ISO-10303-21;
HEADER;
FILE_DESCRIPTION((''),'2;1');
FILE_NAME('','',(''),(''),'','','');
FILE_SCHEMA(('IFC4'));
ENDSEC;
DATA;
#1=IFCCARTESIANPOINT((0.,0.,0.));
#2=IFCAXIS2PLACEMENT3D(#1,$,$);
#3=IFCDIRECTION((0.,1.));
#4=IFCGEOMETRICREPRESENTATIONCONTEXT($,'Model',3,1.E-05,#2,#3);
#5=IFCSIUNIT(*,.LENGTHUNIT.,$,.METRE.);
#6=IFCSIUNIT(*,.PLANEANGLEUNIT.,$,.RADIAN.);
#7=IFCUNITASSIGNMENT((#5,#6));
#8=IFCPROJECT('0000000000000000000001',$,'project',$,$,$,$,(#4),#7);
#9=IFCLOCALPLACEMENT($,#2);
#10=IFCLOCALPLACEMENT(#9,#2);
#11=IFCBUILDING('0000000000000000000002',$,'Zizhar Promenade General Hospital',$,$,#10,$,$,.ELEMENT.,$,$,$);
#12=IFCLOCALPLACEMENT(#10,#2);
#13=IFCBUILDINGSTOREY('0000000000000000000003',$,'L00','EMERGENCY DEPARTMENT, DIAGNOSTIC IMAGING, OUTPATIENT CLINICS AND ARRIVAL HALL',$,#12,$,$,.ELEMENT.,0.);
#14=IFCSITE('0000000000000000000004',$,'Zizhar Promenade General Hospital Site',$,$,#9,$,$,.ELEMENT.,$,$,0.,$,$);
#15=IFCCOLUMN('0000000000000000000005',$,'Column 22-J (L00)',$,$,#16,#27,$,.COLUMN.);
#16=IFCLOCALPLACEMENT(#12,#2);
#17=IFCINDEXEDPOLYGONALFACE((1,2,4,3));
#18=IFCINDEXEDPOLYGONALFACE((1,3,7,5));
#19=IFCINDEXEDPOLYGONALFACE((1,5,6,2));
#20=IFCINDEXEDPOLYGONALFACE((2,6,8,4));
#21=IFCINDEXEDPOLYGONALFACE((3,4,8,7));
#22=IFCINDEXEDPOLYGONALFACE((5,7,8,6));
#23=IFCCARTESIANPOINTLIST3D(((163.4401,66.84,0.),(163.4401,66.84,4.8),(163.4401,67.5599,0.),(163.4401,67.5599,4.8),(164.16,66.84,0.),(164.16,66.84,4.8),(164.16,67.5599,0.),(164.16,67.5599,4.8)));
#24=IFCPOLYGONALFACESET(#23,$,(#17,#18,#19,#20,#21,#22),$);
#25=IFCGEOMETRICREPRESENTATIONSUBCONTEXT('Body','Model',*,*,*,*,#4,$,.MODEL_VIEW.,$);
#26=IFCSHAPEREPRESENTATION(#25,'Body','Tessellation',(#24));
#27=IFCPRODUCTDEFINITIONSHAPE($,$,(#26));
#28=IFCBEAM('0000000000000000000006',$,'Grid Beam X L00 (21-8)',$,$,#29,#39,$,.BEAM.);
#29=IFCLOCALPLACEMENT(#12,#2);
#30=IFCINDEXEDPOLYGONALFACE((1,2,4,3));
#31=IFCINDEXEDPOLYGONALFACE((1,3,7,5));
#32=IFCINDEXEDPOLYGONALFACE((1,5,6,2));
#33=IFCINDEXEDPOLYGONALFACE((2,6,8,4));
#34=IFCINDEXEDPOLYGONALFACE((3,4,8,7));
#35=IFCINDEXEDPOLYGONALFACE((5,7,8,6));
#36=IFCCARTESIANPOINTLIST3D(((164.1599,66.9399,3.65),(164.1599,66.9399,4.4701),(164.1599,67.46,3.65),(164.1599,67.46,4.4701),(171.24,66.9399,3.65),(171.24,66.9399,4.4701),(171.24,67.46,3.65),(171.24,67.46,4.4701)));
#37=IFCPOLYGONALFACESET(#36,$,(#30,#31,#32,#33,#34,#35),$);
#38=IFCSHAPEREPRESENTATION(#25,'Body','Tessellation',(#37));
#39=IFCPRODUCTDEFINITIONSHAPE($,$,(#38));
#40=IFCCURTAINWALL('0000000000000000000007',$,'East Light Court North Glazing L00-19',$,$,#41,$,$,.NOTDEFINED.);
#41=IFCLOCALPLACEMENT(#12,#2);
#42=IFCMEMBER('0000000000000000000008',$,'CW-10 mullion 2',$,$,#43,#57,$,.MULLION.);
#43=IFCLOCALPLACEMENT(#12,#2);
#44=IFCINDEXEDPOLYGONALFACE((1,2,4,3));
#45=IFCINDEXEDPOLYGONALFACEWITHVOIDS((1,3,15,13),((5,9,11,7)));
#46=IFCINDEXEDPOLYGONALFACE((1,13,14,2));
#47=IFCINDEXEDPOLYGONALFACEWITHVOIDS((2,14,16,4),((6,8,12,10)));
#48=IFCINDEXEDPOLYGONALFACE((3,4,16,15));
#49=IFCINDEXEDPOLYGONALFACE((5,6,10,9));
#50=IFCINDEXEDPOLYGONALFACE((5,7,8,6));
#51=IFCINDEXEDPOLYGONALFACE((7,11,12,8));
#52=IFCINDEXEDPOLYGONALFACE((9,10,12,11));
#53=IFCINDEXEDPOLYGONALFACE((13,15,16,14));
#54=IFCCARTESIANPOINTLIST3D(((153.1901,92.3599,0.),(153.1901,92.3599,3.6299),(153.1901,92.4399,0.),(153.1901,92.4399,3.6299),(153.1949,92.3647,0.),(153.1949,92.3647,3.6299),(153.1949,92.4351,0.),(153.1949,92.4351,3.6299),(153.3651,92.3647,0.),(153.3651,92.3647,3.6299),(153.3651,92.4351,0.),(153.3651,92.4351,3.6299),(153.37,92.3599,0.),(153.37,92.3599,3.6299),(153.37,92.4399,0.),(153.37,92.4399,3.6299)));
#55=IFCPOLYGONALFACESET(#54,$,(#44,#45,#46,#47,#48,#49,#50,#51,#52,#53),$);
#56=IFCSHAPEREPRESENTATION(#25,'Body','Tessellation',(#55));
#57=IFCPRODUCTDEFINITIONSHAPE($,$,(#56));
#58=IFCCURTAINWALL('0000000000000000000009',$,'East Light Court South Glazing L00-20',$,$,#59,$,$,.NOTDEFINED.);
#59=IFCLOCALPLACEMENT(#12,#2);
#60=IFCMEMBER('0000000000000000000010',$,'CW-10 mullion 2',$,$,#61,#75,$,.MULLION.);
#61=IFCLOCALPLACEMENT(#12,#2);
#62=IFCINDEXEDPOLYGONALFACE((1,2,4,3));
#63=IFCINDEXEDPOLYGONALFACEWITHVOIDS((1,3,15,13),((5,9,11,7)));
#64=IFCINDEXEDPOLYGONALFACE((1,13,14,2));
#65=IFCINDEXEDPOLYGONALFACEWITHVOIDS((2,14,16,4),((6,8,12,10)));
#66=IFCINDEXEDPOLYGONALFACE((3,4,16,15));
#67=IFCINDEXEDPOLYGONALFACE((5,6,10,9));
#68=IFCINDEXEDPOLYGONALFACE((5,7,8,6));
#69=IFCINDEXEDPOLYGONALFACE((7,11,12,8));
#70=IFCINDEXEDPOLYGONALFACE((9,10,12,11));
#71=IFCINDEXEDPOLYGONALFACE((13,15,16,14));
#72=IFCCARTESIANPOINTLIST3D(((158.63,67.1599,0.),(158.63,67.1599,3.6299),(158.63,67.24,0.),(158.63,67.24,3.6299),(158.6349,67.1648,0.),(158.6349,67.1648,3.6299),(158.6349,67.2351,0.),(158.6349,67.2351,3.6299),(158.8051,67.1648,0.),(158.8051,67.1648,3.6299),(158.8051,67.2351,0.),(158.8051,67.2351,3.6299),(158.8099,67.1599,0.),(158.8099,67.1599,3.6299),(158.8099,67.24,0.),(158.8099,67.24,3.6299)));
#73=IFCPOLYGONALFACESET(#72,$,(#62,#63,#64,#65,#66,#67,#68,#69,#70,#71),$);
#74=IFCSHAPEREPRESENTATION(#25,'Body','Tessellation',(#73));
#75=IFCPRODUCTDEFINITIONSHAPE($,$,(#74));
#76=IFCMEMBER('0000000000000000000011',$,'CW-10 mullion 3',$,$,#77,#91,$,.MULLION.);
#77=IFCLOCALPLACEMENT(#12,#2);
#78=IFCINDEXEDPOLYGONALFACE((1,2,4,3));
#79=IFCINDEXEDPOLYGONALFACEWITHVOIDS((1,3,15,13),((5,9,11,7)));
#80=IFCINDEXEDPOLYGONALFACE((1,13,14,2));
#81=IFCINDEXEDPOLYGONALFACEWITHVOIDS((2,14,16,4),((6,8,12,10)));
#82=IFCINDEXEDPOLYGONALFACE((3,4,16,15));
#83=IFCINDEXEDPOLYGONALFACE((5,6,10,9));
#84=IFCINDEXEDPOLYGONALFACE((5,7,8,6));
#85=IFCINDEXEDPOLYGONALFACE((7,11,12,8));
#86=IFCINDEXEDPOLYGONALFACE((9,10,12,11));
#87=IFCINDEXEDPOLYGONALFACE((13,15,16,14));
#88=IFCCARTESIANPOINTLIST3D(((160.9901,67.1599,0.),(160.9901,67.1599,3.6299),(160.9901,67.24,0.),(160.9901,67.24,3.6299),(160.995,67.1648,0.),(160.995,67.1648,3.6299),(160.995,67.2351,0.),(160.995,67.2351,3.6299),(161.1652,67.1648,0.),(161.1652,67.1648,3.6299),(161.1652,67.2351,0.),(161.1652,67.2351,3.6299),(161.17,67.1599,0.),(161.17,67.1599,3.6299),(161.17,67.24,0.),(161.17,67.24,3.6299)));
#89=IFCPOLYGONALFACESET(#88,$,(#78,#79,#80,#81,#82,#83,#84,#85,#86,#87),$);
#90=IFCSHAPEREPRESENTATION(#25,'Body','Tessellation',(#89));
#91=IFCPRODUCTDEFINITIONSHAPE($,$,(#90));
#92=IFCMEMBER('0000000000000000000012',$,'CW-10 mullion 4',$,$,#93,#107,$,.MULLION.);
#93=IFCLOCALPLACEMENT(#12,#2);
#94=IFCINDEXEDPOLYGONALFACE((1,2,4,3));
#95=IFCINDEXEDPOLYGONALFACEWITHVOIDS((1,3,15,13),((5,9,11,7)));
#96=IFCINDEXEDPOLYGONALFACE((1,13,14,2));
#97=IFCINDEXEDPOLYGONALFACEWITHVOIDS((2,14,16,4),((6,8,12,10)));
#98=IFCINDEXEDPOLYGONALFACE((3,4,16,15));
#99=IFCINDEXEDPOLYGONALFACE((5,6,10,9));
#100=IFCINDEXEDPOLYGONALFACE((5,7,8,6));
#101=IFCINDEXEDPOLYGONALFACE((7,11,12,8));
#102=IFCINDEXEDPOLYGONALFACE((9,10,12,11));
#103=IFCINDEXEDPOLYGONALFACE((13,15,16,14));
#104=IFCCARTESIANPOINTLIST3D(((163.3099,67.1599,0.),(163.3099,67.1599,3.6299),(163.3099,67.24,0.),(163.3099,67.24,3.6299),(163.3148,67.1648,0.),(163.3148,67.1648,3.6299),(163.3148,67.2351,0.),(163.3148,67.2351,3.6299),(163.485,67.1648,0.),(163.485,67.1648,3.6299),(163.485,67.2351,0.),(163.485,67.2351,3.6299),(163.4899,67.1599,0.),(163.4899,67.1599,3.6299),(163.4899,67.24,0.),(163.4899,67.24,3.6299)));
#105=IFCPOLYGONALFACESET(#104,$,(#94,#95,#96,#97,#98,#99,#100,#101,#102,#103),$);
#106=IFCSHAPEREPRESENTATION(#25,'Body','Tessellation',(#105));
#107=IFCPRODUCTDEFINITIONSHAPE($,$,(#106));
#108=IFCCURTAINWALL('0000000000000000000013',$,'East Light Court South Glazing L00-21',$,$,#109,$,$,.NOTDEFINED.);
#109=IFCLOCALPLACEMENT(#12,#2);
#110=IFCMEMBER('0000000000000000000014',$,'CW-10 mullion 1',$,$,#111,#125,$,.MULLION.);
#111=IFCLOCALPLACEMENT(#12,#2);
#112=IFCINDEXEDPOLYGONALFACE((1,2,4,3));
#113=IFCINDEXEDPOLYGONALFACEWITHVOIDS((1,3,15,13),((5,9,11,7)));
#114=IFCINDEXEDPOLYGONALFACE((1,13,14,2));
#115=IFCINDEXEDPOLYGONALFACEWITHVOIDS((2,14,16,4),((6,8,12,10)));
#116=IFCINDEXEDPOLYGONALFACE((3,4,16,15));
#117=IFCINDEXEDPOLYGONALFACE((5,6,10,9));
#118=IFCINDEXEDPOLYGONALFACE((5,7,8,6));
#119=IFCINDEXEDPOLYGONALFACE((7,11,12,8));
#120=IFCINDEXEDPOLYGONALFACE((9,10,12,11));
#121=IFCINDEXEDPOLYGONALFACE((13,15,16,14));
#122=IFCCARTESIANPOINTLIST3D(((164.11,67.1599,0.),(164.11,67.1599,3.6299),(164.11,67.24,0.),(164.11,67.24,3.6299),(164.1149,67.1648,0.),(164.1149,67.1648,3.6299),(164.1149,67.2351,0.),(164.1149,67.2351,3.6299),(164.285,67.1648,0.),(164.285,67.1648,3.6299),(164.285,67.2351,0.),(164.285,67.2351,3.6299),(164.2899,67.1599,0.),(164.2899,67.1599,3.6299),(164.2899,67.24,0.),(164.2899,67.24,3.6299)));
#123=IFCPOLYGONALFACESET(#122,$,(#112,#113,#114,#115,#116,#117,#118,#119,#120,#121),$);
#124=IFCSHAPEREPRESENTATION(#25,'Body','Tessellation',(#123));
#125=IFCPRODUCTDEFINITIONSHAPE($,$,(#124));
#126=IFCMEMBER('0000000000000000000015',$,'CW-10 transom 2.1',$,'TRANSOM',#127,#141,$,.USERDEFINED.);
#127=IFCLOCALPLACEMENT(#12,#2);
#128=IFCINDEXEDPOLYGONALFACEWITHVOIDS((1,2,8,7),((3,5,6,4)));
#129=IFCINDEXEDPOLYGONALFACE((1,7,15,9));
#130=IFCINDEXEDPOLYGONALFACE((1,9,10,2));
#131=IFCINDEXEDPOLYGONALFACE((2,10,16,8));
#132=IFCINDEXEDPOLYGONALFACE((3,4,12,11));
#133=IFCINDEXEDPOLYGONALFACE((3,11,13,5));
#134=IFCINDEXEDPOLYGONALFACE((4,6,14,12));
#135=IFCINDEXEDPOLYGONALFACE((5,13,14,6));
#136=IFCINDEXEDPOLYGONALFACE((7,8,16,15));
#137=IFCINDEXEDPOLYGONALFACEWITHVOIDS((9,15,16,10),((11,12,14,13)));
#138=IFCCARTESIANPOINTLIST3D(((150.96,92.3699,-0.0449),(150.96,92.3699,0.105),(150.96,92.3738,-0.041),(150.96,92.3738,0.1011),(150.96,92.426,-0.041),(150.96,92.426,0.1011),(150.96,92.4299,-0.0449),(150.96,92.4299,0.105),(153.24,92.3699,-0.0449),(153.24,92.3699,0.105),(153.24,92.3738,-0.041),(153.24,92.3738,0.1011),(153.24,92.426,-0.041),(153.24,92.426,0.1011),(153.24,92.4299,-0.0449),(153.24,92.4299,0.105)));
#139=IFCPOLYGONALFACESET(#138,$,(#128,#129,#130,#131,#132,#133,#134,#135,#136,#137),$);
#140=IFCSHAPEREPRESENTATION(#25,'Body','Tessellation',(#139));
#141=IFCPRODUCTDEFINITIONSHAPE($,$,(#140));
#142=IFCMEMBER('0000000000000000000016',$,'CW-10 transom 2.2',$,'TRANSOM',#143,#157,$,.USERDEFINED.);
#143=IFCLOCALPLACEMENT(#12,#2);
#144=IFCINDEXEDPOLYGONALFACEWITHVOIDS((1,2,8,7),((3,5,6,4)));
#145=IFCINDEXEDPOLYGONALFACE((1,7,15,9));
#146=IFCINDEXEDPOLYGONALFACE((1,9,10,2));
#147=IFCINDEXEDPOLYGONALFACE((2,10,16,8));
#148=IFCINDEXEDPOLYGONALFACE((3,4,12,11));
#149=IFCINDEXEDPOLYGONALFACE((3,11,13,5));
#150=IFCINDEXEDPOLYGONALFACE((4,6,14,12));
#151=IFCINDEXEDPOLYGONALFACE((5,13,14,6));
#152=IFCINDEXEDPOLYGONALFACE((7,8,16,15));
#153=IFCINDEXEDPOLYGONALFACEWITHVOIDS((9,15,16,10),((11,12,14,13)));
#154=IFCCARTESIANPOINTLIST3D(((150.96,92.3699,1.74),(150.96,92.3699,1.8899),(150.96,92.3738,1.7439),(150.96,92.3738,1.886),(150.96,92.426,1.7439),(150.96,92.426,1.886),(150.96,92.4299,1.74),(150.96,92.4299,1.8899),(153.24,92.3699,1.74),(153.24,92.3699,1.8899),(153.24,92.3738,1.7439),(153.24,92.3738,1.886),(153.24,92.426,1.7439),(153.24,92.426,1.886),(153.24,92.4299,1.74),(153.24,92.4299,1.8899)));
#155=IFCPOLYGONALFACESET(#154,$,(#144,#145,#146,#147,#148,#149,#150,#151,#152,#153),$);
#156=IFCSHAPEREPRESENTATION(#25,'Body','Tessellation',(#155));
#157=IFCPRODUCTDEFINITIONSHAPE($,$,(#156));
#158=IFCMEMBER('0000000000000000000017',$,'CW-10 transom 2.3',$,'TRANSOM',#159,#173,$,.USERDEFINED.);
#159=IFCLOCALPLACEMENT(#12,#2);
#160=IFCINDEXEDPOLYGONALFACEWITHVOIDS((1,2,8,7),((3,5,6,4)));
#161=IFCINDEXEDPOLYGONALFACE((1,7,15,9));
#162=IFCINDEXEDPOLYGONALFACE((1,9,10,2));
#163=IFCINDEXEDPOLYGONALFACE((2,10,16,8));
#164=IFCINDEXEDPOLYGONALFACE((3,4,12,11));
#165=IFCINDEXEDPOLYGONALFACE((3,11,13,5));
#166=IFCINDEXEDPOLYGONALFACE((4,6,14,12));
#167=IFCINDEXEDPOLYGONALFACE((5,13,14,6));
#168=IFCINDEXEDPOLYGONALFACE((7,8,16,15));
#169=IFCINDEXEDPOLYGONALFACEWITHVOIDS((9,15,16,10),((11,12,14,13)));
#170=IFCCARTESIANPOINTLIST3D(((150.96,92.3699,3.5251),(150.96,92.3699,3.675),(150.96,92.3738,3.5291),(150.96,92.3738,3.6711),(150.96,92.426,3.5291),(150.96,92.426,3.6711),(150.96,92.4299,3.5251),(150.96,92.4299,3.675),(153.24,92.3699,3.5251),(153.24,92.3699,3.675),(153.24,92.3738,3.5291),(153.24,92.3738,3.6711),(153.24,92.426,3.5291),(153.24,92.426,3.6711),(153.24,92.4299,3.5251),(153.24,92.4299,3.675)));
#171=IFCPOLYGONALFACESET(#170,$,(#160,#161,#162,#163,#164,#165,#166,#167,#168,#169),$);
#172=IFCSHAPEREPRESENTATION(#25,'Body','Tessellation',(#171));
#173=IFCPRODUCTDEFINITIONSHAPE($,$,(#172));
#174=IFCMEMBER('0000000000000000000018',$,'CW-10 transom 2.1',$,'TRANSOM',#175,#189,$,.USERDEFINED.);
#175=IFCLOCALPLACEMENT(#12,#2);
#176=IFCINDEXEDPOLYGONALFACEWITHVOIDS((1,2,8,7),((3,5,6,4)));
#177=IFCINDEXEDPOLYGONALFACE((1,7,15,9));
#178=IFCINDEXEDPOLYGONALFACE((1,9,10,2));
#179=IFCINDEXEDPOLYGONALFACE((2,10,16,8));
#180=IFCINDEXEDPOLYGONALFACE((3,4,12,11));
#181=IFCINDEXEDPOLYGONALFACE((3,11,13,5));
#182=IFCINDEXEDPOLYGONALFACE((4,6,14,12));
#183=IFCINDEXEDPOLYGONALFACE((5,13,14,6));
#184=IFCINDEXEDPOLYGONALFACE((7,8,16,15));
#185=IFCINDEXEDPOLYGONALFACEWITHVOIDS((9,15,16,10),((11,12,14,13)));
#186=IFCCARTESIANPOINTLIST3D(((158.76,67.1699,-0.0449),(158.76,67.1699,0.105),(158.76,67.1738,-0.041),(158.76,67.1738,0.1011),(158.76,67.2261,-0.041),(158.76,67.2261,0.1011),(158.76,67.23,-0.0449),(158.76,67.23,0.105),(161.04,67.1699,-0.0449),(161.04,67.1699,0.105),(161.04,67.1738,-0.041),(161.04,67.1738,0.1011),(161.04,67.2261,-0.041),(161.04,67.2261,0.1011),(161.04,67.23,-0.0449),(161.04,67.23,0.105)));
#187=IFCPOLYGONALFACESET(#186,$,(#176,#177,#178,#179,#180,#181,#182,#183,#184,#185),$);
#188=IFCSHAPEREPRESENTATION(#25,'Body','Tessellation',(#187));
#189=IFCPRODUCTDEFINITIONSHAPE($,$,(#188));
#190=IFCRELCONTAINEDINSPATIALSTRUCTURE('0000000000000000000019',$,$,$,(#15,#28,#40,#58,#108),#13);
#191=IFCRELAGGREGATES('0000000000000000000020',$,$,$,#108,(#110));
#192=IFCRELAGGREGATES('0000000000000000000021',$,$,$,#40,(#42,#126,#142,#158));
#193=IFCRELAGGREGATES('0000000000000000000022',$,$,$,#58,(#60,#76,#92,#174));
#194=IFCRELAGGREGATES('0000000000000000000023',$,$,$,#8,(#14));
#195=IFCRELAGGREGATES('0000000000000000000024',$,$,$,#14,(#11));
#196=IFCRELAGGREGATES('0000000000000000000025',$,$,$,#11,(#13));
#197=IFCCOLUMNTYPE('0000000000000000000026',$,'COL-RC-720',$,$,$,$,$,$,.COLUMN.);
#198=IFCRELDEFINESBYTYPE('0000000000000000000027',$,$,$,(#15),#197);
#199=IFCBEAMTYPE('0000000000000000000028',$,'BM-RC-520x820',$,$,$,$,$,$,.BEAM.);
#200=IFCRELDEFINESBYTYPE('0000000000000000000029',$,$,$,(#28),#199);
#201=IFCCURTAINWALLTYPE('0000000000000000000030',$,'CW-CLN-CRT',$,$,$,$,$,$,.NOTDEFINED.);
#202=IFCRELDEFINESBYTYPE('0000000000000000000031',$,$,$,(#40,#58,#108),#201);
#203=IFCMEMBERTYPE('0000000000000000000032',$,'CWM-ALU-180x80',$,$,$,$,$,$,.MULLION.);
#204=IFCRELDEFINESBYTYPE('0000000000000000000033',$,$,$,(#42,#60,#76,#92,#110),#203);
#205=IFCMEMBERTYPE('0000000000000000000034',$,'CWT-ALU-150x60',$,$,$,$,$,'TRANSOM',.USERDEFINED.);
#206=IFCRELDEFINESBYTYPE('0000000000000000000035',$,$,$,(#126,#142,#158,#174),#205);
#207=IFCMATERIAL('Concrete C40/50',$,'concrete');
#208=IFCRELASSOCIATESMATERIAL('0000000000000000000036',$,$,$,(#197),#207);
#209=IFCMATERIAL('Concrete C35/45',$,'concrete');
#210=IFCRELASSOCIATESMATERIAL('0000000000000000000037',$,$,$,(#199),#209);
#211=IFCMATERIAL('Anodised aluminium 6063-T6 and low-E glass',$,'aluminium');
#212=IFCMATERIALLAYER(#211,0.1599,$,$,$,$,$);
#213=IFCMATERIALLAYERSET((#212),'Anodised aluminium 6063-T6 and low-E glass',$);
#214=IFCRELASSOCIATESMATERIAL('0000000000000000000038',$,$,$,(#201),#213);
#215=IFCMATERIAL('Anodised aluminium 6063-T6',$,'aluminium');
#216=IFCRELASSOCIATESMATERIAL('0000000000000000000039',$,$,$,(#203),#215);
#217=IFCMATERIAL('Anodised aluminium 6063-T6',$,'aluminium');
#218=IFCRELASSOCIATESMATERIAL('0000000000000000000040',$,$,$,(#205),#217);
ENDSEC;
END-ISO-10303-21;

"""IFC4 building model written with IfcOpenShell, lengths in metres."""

from ifc_helpers import new_model, si_unit, direction, frame, origin, origin_2d, place, context, subcontext, project, spatial, rectangle, hollow_rectangle, extrude, material, layer, layer_set, material_profile, profile_set, type_object, element, aggregate, save


model = new_model("IFC4")

# Units and contexts
model_context = context("Model", 3, precision=1e-05, world=origin(), true_north=direction((0.0, 1.0)))
body_context = subcontext(model_context, "Body", "Model", "MODEL_VIEW")
ifc_project = project(units=[si_unit("LENGTHUNIT", "METRE"), si_unit("PLANEANGLEUNIT", "RADIAN")], contexts=[model_context])

# Site, building, storey
site_placement = place(None, origin())
site = spatial("IfcSite", under=ifc_project, at=site_placement, Name="Zizhar Promenade General Hospital Site", CompositionType="ELEMENT", RefElevation=0.0)
building_placement = place(site_placement, origin())
building = spatial("IfcBuilding", under=site, at=building_placement, Name="Zizhar Promenade General Hospital", CompositionType="ELEMENT")
storey_placement = place(building_placement, origin())
storey = spatial("IfcBuildingStorey", under=building, at=storey_placement, Name="L00", Description="EMERGENCY DEPARTMENT, DIAGNOSTIC IMAGING, OUTPATIENT CLINICS AND ARRIVAL HALL", CompositionType="ELEMENT", Elevation=0.0)

# Column
ifc_material_1 = material(Name="Concrete C40/50", Category="concrete")
ifc_material_profile_1 = material_profile(ifc_material_1, rectangle(XDim=0.72, YDim=0.72, at=origin_2d()))
ifc_profile_set_1 = profile_set([ifc_material_profile_1], Name="Concrete C40/50")
column_type = type_object("IfcColumnType", Name="COL-RC-720", PredefinedType="COLUMN", material=ifc_profile_set_1)
column_placement = place(storey_placement, frame((163.8, 67.2, 0.0), z_axis=(0.0, 0.0, 1.0), x_axis=(1.0, 0.0, 0.0)))
element("IfcColumn", 1, at=column_placement, inside=storey, type_object=column_type, Name="Column 22-J (L00)", PredefinedType="COLUMN", context=body_context, shape_type="SweptSolid", body=[
    extrude(rectangle(XDim=0.72, YDim=0.72, at=origin_2d()), origin(), (0.0, 0.0, 1.0), 4.8),
])

# Beam
ifc_material_2 = material(Name="Concrete C35/45", Category="concrete")
ifc_material_profile_2 = material_profile(ifc_material_2, rectangle(XDim=0.52, YDim=0.8201, at=origin_2d()))
ifc_profile_set_2 = profile_set([ifc_material_profile_2], Name="Concrete C35/45")
beam_type = type_object("IfcBeamType", Name="BM-RC-520x820", PredefinedType="BEAM", material=ifc_profile_set_2)
beam_placement = place(storey_placement, frame((164.1599, 67.2, 4.0601), z_axis=(1.0, 0.0, 0.0), x_axis=(0.0, 1.0, 0.0)))
element("IfcBeam", 2, at=beam_placement, inside=storey, type_object=beam_type, Name="Grid Beam X L00 (21-8)", PredefinedType="BEAM", context=body_context, shape_type="SweptSolid", body=[
    extrude(rectangle(XDim=0.52, YDim=0.8201, at=origin_2d()), origin(), (0.0, 0.0, 1.0), 7.0801),
])

# Curtain wall, member
ifc_material_3 = material(Name="Anodised aluminium 6063-T6 and low-E glass", Category="aluminium")
ifc_layer_1 = layer(ifc_material_3, 0.1599)
ifc_layer_set_1 = layer_set([ifc_layer_1], Name="Anodised aluminium 6063-T6 and low-E glass")
curtain_wall_type = type_object("IfcCurtainWallType", Name="CW-CLN-CRT", PredefinedType="NOTDEFINED", material=ifc_layer_set_1)
curtain_wall_1_placement = place(storey_placement, origin())
curtain_wall_1 = element("IfcCurtainWall", 3, at=curtain_wall_1_placement, inside=storey, type_object=curtain_wall_type, Name="East Light Court North Glazing L00-19", PredefinedType="NOTDEFINED")
ifc_material_4 = material(Name="Anodised aluminium 6063-T6", Category="aluminium")
ifc_material_profile_3 = material_profile(ifc_material_4, hollow_rectangle(XDim=0.0801, YDim=0.1799, WallThickness=0.0049, at=origin_2d()))
ifc_profile_set_3 = profile_set([ifc_material_profile_3], Name="Anodised aluminium 6063-T6")
member_type_1 = type_object("IfcMemberType", Name="CWM-ALU-180x80", PredefinedType="MULLION", material=ifc_profile_set_3)
member_1_placement = place(storey_placement, frame((153.28, 92.3999, 0.0), z_axis=(0.0, 0.0, 1.0), x_axis=(0.0, -1.0, 0.0)))
member_1 = element("IfcMember", 4, at=member_1_placement, type_object=member_type_1, Name="CW-10 mullion 2", PredefinedType="MULLION", context=body_context, shape_type="SweptSolid", body=[
    extrude(hollow_rectangle(XDim=0.0801, YDim=0.1799, WallThickness=0.0049, at=origin_2d()), origin(), (0.0, 0.0, 1.0), 3.6299),
])

# Curtain wall, members
curtain_wall_2_placement = place(storey_placement, origin())
curtain_wall_2 = element("IfcCurtainWall", 5, at=curtain_wall_2_placement, inside=storey, type_object=curtain_wall_type, Name="East Light Court South Glazing L00-20", PredefinedType="NOTDEFINED")
member_2_placement = place(storey_placement, frame((158.72, 67.2, 0.0), z_axis=(0.0, 0.0, 1.0), x_axis=(0.0, 1.0, 0.0)))
member_2 = element("IfcMember", 6, at=member_2_placement, type_object=member_type_1, Name="CW-10 mullion 2", PredefinedType="MULLION", context=body_context, shape_type="SweptSolid", body=[
    extrude(hollow_rectangle(XDim=0.0801, YDim=0.1799, WallThickness=0.0049, at=origin_2d()), origin(), (0.0, 0.0, 1.0), 3.6299),
])
member_3_placement = place(storey_placement, frame((161.0801, 67.2, 0.0), z_axis=(0.0, 0.0, 1.0), x_axis=(0.0, 1.0, 0.0)))
member_3 = element("IfcMember", 7, at=member_3_placement, type_object=member_type_1, Name="CW-10 mullion 3", PredefinedType="MULLION", context=body_context, shape_type="SweptSolid", body=[
    extrude(hollow_rectangle(XDim=0.0801, YDim=0.1799, WallThickness=0.0049, at=origin_2d()), origin(), (0.0, 0.0, 1.0), 3.6299),
])
member_4_placement = place(storey_placement, frame((163.3999, 67.2, 0.0), z_axis=(0.0, 0.0, 1.0), x_axis=(0.0, 1.0, 0.0)))
member_4 = element("IfcMember", 8, at=member_4_placement, type_object=member_type_1, Name="CW-10 mullion 4", PredefinedType="MULLION", context=body_context, shape_type="SweptSolid", body=[
    extrude(hollow_rectangle(XDim=0.0801, YDim=0.1799, WallThickness=0.0049, at=origin_2d()), origin(), (0.0, 0.0, 1.0), 3.6299),
])

# Curtain wall, member
curtain_wall_3_placement = place(storey_placement, origin())
curtain_wall_3 = element("IfcCurtainWall", 9, at=curtain_wall_3_placement, inside=storey, type_object=curtain_wall_type, Name="East Light Court South Glazing L00-21", PredefinedType="NOTDEFINED")
member_5_placement = place(storey_placement, frame((164.2, 67.2, 0.0), z_axis=(0.0, 0.0, 1.0), x_axis=(0.0, 1.0, 0.0)))
member_5 = element("IfcMember", 10, at=member_5_placement, type_object=member_type_1, Name="CW-10 mullion 1", PredefinedType="MULLION", context=body_context, shape_type="SweptSolid", body=[
    extrude(hollow_rectangle(XDim=0.0801, YDim=0.1799, WallThickness=0.0049, at=origin_2d()), origin(), (0.0, 0.0, 1.0), 3.6299),
])

# Members
ifc_material_5 = material(Name="Anodised aluminium 6063-T6", Category="aluminium")
ifc_material_profile_4 = material_profile(ifc_material_5, hollow_rectangle(XDim=0.0601, YDim=0.1499, WallThickness=0.0039, at=origin_2d()))
ifc_profile_set_4 = profile_set([ifc_material_profile_4], Name="Anodised aluminium 6063-T6")
member_type_2 = type_object("IfcMemberType", Name="CWT-ALU-150x60", ElementType="TRANSOM", PredefinedType="USERDEFINED", material=ifc_profile_set_4)
member_6_placement = place(storey_placement, frame((153.24, 92.3999, 0.03), z_axis=(-1.0, 0.0, 0.0), x_axis=(0.0, -1.0, 0.0)))
member_6 = element("IfcMember", 11, at=member_6_placement, type_object=member_type_2, Name="CW-10 transom 2.1", ObjectType="TRANSOM", PredefinedType="USERDEFINED", context=body_context, shape_type="SweptSolid", body=[
    extrude(hollow_rectangle(XDim=0.0601, YDim=0.1499, WallThickness=0.0039, at=origin_2d()), origin(), (0.0, 0.0, 1.0), 2.28),
])
member_7_placement = place(storey_placement, frame((153.24, 92.3999, 1.8149), z_axis=(-1.0, 0.0, 0.0), x_axis=(0.0, -1.0, 0.0)))
member_7 = element("IfcMember", 12, at=member_7_placement, type_object=member_type_2, Name="CW-10 transom 2.2", ObjectType="TRANSOM", PredefinedType="USERDEFINED", context=body_context, shape_type="SweptSolid", body=[
    extrude(hollow_rectangle(XDim=0.0601, YDim=0.1499, WallThickness=0.0039, at=origin_2d()), origin(), (0.0, 0.0, 1.0), 2.28),
])
member_8_placement = place(storey_placement, frame((153.24, 92.3999, 3.6001), z_axis=(-1.0, 0.0, 0.0), x_axis=(0.0, -1.0, 0.0)))
member_8 = element("IfcMember", 13, at=member_8_placement, type_object=member_type_2, Name="CW-10 transom 2.3", ObjectType="TRANSOM", PredefinedType="USERDEFINED", context=body_context, shape_type="SweptSolid", body=[
    extrude(hollow_rectangle(XDim=0.0601, YDim=0.1499, WallThickness=0.0039, at=origin_2d()), origin(), (0.0, 0.0, 1.0), 2.28),
])
member_9_placement = place(storey_placement, frame((158.76, 67.2, 0.03), z_axis=(1.0, 0.0, 0.0), x_axis=(0.0, 1.0, 0.0)))
member_9 = element("IfcMember", 14, at=member_9_placement, type_object=member_type_2, Name="CW-10 transom 2.1", ObjectType="TRANSOM", PredefinedType="USERDEFINED", context=body_context, shape_type="SweptSolid", body=[
    extrude(hollow_rectangle(XDim=0.0601, YDim=0.1499, WallThickness=0.0039, at=origin_2d()), origin(), (0.0, 0.0, 1.0), 2.28),
])
aggregate(curtain_wall_3, [member_5])

aggregate(curtain_wall_1, [member_1, member_6, member_7, member_8])
aggregate(curtain_wall_2, [member_2, member_3, member_4, member_9])

save(model, "model.ifc")
